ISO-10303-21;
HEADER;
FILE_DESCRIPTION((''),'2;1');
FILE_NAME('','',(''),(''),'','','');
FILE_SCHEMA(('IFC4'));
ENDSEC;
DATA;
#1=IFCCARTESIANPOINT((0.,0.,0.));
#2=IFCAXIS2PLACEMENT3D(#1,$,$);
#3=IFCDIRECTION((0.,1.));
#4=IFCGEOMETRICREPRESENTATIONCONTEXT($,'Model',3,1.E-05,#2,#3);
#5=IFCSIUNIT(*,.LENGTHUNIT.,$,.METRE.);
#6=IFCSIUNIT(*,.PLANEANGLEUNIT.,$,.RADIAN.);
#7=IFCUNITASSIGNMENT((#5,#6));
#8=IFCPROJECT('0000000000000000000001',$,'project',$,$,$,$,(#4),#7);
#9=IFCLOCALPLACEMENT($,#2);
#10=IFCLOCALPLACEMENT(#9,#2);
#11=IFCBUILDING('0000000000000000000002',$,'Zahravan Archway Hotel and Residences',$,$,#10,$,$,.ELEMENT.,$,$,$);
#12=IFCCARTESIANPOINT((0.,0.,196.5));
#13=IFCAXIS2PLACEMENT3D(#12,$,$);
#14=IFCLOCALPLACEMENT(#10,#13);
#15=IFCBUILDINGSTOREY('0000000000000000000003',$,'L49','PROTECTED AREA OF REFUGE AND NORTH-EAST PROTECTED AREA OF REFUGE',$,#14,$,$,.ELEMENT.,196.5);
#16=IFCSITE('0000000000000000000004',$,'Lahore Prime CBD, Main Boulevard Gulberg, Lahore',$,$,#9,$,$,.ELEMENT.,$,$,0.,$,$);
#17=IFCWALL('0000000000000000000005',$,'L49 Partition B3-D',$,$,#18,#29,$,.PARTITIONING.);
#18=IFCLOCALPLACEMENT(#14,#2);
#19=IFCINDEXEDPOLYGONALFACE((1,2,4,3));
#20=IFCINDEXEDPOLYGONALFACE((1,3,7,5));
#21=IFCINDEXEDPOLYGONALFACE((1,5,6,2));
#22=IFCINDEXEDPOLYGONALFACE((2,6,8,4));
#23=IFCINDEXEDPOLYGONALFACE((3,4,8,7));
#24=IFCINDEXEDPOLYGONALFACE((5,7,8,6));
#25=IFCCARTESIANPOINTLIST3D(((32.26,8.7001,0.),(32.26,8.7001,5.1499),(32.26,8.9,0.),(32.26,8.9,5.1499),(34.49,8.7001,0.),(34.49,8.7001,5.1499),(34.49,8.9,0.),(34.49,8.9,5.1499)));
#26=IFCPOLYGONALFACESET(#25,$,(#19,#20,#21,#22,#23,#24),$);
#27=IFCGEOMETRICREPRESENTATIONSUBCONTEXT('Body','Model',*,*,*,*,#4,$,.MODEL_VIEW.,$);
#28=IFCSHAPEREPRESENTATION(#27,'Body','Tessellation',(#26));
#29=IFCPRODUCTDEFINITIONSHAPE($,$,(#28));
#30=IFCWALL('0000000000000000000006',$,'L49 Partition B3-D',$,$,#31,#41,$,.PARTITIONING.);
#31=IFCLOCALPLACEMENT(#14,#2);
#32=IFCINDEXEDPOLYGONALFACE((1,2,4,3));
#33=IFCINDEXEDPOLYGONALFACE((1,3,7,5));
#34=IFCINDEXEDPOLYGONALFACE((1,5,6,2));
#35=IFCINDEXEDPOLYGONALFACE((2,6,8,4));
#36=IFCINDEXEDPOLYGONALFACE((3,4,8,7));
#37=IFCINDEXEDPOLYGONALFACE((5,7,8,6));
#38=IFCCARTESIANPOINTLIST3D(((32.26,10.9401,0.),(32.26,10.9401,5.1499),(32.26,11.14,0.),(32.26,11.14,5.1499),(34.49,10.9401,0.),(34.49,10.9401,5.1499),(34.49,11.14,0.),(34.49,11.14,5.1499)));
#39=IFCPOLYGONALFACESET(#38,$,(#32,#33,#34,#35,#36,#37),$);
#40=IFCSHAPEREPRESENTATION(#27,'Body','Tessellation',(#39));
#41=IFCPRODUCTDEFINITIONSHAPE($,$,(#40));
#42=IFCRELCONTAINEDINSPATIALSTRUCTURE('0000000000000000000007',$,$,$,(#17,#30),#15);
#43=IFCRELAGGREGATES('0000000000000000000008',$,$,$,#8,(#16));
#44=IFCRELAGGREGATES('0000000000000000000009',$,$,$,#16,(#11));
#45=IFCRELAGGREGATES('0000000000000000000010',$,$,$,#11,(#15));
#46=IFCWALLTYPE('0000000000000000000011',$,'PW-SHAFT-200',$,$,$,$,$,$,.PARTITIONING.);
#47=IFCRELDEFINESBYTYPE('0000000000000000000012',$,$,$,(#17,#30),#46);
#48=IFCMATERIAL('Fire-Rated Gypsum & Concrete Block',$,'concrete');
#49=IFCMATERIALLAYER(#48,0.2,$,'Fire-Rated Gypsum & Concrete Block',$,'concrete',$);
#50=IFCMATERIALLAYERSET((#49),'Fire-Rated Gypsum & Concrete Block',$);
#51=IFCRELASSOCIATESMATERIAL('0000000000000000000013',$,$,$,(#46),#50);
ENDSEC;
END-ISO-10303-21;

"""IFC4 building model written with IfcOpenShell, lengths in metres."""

from ifc_helpers import new_model, si_unit, direction, frame, frame_2d, origin, place, context, subcontext, project, spatial, rectangle, extrude, material, layer, layer_set, type_object, element, save


model = new_model("IFC4")

# Units and contexts
model_context = context("Model", 3, precision=1e-05, world=origin(), true_north=direction((0.0, 1.0)))
body_context = subcontext(model_context, "Body", "Model", "MODEL_VIEW")
ifc_project = project(units=[si_unit("LENGTHUNIT", "METRE"), si_unit("PLANEANGLEUNIT", "RADIAN")], contexts=[model_context])

# Site, building, storey
site_placement = place(None, origin())
site = spatial("IfcSite", under=ifc_project, at=site_placement, Name="Lahore Prime CBD, Main Boulevard Gulberg, Lahore", CompositionType="ELEMENT", RefElevation=0.0)
building_placement = place(site_placement, origin())
building = spatial("IfcBuilding", under=site, at=building_placement, Name="Zahravan Archway Hotel and Residences", CompositionType="ELEMENT")
storey_placement = place(building_placement, frame((0.0, 0.0, 196.5)))
storey = spatial("IfcBuildingStorey", under=building, at=storey_placement, Name="L49", Description="PROTECTED AREA OF REFUGE AND NORTH-EAST PROTECTED AREA OF REFUGE", CompositionType="ELEMENT", Elevation=196.5)

# Walls
ifc_material_1 = material(Name="Fire-Rated Gypsum & Concrete Block", Category="concrete")
ifc_layer_1 = layer(ifc_material_1, 0.2, Name="Fire-Rated Gypsum & Concrete Block", Category="concrete")
ifc_layer_set_1 = layer_set([ifc_layer_1], Name="Fire-Rated Gypsum & Concrete Block")
wall_type_1 = type_object("IfcWallType", Name="PW-SHAFT-200", PredefinedType="PARTITIONING", material=ifc_layer_set_1)
for number, where, z_axis, x_axis, name in (
    (1, (32.26, 8.8, 0.0), (0.0, 0.0, 1.0), (1.0, 0.0, 0.0), "L49 Partition B3-D"),
    (2, (32.26, 11.04, 0.0), (0.0, 0.0, 1.0), (1.0, 0.0, 0.0), "L49 Partition B3-D"),
):
    element("IfcWall", number, at=place(storey_placement, frame(where, z_axis=z_axis, x_axis=x_axis)), inside=storey, type_object=wall_type_1, Name=name, PredefinedType="PARTITIONING", context=body_context, shape_type="SweptSolid", body=[
        extrude(rectangle(XDim=2.23, YDim=0.2, at=frame_2d((1.115, 0.0))), origin(), (0.0, 0.0, 1.0), 5.1499),
    ])

save(model, "model.ifc")
